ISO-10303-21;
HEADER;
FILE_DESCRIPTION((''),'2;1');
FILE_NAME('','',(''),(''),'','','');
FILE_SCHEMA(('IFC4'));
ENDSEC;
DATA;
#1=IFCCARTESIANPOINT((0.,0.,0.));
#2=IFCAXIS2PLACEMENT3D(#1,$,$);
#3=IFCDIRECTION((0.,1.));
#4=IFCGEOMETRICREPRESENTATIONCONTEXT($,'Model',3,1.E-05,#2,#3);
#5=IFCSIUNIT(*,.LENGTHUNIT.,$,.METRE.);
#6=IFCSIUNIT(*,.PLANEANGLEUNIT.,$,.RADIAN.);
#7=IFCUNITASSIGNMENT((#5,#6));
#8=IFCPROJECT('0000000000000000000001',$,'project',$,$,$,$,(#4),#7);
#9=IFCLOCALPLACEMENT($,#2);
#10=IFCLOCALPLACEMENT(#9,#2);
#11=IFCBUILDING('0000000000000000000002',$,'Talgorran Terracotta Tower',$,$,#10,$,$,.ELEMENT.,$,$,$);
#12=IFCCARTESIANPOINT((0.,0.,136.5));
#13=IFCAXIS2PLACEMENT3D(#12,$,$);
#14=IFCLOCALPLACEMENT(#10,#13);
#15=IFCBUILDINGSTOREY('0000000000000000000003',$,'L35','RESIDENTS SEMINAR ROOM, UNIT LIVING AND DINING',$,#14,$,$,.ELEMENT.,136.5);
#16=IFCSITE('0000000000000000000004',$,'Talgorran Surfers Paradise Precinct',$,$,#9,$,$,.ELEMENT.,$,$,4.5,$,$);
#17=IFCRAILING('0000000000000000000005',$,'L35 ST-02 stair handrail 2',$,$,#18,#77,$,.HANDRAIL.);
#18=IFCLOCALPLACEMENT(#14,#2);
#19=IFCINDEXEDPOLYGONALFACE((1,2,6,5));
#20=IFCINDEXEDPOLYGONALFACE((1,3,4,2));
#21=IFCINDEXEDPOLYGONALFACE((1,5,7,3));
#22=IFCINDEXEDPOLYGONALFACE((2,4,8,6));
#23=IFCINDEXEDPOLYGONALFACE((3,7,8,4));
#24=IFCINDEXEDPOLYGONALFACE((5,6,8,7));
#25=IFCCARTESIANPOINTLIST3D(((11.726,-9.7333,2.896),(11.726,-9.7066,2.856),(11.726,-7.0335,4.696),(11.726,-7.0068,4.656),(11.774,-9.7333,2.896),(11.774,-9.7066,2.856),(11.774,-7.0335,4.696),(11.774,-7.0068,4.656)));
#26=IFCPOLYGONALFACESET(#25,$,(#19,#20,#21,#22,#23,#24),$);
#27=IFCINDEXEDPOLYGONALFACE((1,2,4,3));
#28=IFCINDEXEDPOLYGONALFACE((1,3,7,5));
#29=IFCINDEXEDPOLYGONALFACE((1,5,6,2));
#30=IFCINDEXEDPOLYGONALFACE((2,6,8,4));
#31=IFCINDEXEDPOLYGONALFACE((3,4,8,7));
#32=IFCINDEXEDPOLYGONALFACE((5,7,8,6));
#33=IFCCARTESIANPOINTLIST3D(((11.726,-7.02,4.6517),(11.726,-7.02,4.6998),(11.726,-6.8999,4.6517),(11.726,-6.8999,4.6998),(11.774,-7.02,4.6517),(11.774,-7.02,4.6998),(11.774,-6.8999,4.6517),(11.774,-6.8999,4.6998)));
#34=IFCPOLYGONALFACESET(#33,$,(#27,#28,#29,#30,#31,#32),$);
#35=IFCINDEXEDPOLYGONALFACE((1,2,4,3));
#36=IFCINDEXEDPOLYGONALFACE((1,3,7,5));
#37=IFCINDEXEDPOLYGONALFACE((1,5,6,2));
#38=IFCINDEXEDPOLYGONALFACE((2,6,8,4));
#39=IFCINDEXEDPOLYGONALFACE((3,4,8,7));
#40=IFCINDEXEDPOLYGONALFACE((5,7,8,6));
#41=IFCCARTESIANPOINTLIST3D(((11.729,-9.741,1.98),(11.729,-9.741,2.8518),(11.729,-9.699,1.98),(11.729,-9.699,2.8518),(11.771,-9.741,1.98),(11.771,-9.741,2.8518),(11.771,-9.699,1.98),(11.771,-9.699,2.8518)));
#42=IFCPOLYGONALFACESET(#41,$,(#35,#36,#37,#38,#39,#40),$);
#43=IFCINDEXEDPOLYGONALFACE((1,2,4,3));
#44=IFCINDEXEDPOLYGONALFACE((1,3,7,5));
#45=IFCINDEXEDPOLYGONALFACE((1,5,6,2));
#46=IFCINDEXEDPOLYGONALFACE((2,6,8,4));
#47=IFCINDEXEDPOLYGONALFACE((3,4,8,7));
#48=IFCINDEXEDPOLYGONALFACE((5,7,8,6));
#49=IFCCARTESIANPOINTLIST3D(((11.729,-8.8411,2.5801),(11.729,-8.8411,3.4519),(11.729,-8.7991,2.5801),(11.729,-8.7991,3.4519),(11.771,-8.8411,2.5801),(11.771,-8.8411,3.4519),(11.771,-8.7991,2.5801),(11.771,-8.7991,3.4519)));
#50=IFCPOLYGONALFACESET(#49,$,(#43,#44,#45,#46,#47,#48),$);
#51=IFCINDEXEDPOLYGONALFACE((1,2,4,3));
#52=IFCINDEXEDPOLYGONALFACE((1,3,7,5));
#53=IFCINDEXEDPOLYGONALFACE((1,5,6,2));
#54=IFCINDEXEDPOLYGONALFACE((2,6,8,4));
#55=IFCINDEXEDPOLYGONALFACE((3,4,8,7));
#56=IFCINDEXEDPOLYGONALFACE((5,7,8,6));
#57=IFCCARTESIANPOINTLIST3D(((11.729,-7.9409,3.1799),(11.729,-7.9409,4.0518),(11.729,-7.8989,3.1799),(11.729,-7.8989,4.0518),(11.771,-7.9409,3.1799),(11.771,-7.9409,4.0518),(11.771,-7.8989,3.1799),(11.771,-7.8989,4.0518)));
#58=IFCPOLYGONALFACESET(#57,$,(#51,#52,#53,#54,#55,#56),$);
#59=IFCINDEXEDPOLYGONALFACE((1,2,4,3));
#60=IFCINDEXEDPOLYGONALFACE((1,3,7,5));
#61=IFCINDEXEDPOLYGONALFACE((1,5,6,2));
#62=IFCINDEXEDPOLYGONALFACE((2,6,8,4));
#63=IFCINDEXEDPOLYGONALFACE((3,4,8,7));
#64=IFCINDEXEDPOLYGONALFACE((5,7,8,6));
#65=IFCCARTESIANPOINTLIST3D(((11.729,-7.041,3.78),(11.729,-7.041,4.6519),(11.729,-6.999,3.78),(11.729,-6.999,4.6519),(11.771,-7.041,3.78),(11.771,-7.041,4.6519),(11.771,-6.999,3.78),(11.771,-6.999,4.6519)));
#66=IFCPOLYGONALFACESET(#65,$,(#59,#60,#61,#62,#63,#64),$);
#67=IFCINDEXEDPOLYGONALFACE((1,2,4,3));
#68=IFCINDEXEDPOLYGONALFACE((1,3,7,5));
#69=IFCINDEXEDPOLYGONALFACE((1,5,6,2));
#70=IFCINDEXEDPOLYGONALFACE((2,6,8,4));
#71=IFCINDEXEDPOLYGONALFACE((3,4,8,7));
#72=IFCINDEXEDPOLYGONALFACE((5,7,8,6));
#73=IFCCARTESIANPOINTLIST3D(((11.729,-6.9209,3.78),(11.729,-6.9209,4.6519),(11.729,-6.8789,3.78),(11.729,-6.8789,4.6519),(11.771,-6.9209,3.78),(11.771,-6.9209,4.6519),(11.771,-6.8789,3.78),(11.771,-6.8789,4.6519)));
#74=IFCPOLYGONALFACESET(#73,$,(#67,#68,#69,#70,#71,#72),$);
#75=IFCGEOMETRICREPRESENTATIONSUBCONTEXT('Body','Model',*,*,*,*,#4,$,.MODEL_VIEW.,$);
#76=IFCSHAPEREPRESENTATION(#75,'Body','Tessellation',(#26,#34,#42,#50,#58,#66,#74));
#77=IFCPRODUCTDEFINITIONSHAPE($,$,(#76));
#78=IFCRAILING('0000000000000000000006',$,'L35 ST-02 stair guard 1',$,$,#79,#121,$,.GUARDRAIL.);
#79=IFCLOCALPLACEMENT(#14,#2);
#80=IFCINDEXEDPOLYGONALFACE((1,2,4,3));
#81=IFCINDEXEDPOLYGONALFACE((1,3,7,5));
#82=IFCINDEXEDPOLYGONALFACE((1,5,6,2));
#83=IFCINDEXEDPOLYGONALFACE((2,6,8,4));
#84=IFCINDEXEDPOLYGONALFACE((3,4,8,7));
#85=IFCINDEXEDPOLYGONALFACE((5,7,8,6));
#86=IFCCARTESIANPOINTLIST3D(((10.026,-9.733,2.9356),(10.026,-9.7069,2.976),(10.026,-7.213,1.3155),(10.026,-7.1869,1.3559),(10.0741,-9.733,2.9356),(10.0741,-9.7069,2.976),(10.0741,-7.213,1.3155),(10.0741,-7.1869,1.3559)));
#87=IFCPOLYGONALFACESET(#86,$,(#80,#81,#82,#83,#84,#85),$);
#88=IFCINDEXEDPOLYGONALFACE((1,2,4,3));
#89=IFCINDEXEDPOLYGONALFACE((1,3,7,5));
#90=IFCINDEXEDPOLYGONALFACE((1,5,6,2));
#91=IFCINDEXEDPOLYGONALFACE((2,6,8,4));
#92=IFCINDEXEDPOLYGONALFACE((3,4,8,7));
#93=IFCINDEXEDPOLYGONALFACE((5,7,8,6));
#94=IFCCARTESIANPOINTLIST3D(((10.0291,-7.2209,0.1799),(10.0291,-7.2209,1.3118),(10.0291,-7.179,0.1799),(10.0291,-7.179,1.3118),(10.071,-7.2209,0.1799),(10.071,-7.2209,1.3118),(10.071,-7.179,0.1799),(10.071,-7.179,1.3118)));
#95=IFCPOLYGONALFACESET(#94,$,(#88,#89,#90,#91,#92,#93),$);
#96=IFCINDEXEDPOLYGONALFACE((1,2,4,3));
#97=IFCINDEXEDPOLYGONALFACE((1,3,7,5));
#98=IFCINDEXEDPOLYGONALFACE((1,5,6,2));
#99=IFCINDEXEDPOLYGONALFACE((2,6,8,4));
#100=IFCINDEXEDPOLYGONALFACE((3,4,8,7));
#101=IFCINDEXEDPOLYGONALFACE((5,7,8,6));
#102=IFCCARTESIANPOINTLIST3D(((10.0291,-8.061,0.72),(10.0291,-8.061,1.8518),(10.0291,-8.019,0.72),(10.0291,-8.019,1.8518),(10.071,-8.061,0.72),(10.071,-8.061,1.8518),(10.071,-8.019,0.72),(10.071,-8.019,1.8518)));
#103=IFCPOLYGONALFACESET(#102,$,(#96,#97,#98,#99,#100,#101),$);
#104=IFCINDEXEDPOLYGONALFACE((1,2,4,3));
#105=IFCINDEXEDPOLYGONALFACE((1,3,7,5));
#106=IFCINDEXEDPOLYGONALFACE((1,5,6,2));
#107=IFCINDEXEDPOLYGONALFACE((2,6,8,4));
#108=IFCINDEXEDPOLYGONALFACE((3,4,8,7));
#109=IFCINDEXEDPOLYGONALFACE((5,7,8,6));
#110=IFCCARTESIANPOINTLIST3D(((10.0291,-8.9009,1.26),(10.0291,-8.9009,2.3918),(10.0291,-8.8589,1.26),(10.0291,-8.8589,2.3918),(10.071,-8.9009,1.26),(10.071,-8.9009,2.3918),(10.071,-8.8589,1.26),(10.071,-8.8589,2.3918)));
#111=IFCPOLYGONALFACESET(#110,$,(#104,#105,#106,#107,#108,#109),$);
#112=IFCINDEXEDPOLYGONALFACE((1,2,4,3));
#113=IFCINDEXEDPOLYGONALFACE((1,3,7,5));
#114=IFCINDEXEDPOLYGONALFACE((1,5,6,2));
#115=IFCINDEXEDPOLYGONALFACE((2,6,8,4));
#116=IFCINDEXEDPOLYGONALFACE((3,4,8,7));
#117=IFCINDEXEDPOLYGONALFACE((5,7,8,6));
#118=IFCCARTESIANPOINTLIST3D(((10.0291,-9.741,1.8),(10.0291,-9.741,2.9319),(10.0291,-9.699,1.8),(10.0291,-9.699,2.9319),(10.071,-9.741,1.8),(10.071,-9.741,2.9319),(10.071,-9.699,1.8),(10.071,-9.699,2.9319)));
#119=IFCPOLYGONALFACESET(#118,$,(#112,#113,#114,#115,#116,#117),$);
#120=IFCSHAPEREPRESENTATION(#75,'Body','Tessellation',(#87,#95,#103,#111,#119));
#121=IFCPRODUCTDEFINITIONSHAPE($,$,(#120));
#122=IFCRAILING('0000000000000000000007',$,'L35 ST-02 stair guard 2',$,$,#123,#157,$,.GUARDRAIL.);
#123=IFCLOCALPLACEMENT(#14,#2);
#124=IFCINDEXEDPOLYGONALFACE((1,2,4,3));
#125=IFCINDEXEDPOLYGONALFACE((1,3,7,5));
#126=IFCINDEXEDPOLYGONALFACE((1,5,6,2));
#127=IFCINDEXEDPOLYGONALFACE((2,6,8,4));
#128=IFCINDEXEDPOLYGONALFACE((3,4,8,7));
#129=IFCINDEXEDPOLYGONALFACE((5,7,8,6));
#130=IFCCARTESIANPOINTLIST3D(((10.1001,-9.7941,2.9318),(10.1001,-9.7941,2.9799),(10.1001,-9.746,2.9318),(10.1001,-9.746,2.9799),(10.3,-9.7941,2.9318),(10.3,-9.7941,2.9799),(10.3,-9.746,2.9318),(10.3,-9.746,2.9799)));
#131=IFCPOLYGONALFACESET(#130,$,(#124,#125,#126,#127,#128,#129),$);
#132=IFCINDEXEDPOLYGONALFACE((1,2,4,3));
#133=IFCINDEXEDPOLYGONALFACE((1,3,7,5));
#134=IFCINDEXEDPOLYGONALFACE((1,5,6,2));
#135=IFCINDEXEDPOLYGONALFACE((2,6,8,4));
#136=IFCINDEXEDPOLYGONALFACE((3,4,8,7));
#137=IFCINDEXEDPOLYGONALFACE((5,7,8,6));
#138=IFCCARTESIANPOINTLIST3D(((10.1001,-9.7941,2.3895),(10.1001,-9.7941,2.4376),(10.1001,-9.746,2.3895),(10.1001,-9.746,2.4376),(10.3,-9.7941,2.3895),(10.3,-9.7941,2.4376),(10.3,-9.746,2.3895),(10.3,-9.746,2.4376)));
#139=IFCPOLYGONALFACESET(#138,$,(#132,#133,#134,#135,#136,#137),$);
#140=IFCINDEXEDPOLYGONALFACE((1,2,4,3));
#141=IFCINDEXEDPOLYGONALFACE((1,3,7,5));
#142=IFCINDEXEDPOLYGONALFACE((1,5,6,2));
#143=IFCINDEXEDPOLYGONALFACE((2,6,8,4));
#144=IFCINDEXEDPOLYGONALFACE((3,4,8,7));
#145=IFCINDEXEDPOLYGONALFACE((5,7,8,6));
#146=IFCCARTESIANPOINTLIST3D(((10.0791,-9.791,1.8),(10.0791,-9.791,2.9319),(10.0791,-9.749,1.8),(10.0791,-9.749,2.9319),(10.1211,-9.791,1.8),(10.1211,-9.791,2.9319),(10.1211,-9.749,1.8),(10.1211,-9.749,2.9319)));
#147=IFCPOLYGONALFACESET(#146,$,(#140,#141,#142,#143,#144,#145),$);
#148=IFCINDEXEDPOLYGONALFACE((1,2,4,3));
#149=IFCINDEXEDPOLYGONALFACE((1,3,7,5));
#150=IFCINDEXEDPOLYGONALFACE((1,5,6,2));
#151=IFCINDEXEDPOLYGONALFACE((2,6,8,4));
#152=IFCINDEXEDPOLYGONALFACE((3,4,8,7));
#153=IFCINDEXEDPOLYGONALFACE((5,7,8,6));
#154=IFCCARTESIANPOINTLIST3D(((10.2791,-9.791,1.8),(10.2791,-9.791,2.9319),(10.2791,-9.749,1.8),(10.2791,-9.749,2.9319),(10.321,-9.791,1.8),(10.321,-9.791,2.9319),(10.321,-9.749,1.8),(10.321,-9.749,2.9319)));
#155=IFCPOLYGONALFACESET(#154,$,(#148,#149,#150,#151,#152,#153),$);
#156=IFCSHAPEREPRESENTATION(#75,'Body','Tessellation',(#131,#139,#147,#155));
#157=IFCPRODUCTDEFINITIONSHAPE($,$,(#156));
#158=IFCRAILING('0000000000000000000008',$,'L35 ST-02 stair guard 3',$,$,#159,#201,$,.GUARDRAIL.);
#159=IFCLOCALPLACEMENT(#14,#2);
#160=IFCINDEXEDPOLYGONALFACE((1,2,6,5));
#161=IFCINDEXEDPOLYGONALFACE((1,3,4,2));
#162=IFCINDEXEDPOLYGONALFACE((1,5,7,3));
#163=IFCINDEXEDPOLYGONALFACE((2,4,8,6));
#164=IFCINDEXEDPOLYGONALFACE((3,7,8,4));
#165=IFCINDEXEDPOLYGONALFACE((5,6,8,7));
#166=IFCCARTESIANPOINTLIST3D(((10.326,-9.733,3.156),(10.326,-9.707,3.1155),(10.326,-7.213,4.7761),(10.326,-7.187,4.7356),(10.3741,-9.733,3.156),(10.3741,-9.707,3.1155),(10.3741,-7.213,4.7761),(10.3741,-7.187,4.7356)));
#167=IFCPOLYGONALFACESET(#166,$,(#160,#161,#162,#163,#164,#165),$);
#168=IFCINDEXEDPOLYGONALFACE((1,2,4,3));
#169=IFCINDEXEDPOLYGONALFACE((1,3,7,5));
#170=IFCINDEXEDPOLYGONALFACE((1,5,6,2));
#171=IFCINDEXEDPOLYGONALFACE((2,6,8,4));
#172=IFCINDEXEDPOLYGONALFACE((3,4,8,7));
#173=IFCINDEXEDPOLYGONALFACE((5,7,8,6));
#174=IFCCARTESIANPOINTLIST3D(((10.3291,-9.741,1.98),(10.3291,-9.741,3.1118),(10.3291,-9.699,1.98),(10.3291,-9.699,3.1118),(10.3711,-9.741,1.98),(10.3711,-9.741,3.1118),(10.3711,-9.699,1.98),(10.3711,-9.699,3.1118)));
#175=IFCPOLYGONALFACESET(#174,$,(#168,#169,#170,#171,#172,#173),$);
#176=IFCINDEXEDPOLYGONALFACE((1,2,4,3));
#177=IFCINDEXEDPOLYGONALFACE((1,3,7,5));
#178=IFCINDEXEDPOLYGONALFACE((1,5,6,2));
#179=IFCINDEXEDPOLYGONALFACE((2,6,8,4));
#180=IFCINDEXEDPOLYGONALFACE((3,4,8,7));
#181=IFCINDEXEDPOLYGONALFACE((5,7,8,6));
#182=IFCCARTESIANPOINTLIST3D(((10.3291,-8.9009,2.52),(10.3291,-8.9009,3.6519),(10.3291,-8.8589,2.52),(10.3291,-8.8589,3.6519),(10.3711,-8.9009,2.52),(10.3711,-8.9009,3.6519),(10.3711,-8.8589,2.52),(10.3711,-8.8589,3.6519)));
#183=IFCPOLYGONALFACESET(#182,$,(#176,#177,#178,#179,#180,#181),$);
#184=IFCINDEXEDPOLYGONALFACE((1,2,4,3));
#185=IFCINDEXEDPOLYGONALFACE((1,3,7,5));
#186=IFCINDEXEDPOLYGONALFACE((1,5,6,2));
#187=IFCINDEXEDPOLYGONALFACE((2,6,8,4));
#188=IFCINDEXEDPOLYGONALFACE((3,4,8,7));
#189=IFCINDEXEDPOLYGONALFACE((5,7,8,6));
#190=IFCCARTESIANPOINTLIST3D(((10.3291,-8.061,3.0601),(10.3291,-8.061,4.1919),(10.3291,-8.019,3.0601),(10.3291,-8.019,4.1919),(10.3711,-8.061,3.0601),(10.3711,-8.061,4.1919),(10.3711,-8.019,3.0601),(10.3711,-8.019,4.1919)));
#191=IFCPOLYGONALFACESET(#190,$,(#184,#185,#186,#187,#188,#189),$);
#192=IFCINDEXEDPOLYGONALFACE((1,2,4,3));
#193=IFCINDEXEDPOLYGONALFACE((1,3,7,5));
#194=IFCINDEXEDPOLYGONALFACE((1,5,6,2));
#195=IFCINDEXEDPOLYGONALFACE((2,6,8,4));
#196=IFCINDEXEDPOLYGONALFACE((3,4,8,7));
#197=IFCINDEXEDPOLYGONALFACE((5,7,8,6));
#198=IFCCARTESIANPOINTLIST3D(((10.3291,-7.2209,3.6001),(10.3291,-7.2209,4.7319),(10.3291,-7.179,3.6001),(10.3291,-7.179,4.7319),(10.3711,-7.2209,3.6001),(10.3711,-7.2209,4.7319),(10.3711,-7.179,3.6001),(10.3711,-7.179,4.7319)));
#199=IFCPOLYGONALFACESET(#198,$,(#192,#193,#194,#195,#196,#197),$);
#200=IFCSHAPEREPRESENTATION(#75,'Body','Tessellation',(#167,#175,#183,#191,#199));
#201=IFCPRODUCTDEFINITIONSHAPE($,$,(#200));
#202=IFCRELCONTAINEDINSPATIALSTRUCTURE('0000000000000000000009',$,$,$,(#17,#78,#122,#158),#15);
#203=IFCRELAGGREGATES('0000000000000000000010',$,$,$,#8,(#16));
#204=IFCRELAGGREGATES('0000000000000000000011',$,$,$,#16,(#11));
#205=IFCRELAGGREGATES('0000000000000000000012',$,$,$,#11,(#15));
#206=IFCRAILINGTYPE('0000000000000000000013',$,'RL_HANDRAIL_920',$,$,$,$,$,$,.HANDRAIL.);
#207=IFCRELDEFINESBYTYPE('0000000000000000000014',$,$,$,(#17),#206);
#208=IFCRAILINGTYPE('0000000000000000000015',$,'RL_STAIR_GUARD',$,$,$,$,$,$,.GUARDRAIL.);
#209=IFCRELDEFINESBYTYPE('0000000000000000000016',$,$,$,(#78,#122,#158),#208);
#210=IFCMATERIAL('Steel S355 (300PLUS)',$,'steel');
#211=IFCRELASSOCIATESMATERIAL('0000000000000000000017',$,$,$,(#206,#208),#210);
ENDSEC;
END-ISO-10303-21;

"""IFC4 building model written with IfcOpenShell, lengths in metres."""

from ifc_helpers import new_model, si_unit, direction, frame, origin, origin_2d, place, context, subcontext, project, spatial, rectangle, extrude, material, type_object, element, save


model = new_model("IFC4")

# Units and contexts
model_context = context("Model", 3, precision=1e-05, world=origin(), true_north=direction((0.0, 1.0)))
body_context = subcontext(model_context, "Body", "Model", "MODEL_VIEW")
ifc_project = project(units=[si_unit("LENGTHUNIT", "METRE"), si_unit("PLANEANGLEUNIT", "RADIAN")], contexts=[model_context])

# Site, building, storey
site_placement = place(None, origin())
site = spatial("IfcSite", under=ifc_project, at=site_placement, Name="Talgorran Surfers Paradise Precinct", CompositionType="ELEMENT", RefElevation=4.5)
building_placement = place(site_placement, origin())
building = spatial("IfcBuilding", under=site, at=building_placement, Name="Talgorran Terracotta Tower", CompositionType="ELEMENT")
storey_placement = place(building_placement, frame((0.0, 0.0, 136.5)))
storey = spatial("IfcBuildingStorey", under=building, at=storey_placement, Name="L35", Description="RESIDENTS SEMINAR ROOM, UNIT LIVING AND DINING", CompositionType="ELEMENT", Elevation=136.5)

# Shared definitions
ifc_material_1 = material(Name="Steel S355 (300PLUS)", Category="steel")

# Railings
railing_type_1 = type_object("IfcRailingType", Name="RL_HANDRAIL_920", PredefinedType="HANDRAIL", material=ifc_material_1)
railing_1_placement = place(storey_placement, frame((11.75, -9.72, 1.98)))
element("IfcRailing", 1, at=railing_1_placement, inside=storey, type_object=railing_type_1, Name="L35 ST-02 stair handrail 2", PredefinedType="HANDRAIL", context=body_context, shape_type="SweptSolid", body=[
    extrude(rectangle(XDim=0.0481, YDim=0.0481, at=origin_2d()), frame((0.0, 0.0, 0.896), z_axis=(0.0, 0.832039, 0.554718), x_axis=(-1.0, 0.0, 0.0)), (0.0, 0.0, 1.0), 3.2449),
    extrude(rectangle(XDim=0.0481, YDim=0.0481, at=origin_2d()), frame((0.0, 2.7, 2.6958), z_axis=(0.0, 1.0, 0.0), x_axis=(-1.0, 0.0, 0.0)), (0.0, 0.0, 1.0), 0.1201),
    extrude(rectangle(XDim=0.042, YDim=0.042, at=origin_2d()), origin(), (0.0, 0.0, 1.0), 0.8718),
    extrude(rectangle(XDim=0.042, YDim=0.042, at=origin_2d()), frame((0.0, 0.8999, 0.6001)), (0.0, 0.0, 1.0), 0.8718),
    extrude(rectangle(XDim=0.042, YDim=0.042, at=origin_2d()), frame((0.0, 1.8, 1.2)), (0.0, 0.0, 1.0), 0.8718),
    extrude(rectangle(XDim=0.042, YDim=0.042, at=origin_2d()), frame((0.0, 2.7, 1.8)), (0.0, 0.0, 1.0), 0.8718),
    extrude(rectangle(XDim=0.042, YDim=0.042, at=origin_2d()), frame((0.0, 2.8201, 1.8)), (0.0, 0.0, 1.0), 0.8718),
])
railing_type_2 = type_object("IfcRailingType", Name="RL_STAIR_GUARD", PredefinedType="GUARDRAIL", material=ifc_material_1)
railing_2_placement = place(storey_placement, frame((10.05, -7.2, 0.1799)))
element("IfcRailing", 2, at=railing_2_placement, inside=storey, type_object=railing_type_2, Name="L35 ST-02 stair guard 1", PredefinedType="GUARDRAIL", context=body_context, shape_type="SweptSolid", body=[
    extrude(rectangle(XDim=0.0481, YDim=0.0481, at=origin_2d()), frame((0.0, 0.0, 1.1558), z_axis=(0.0, -0.841163, 0.540782), x_axis=(1.0, 0.0, 0.0)), (0.0, 0.0, 1.0), 2.9958),
    extrude(rectangle(XDim=0.042, YDim=0.042, at=origin_2d()), origin(), (0.0, 0.0, 1.0), 1.1318),
    extrude(rectangle(XDim=0.042, YDim=0.042, at=origin_2d()), frame((0.0, -0.8401, 0.54)), (0.0, 0.0, 1.0), 1.1318),
    extrude(rectangle(XDim=0.042, YDim=0.042, at=origin_2d()), frame((0.0, -1.6799, 1.0801)), (0.0, 0.0, 1.0), 1.1318),
    extrude(rectangle(XDim=0.042, YDim=0.042, at=origin_2d()), frame((0.0, -2.52, 1.6201)), (0.0, 0.0, 1.0), 1.1318),
])
railing_3_placement = place(storey_placement, frame((10.1001, -9.77, 1.8)))
element("IfcRailing", 3, at=railing_3_placement, inside=storey, type_object=railing_type_2, Name="L35 ST-02 stair guard 2", PredefinedType="GUARDRAIL", context=body_context, shape_type="SweptSolid", body=[
    extrude(rectangle(XDim=0.0481, YDim=0.0481, at=origin_2d()), frame((0.0, 0.0, 1.1558), z_axis=(1.0, 0.0, 0.0), x_axis=(0.0, 1.0, 0.0)), (0.0, 0.0, 1.0), 0.2),
    extrude(rectangle(XDim=0.0481, YDim=0.0481, at=origin_2d()), frame((0.0, 0.0, 0.6135), z_axis=(1.0, 0.0, 0.0), x_axis=(0.0, 1.0, 0.0)), (0.0, 0.0, 1.0), 0.2),
    extrude(rectangle(XDim=0.042, YDim=0.042, at=origin_2d()), origin(), (0.0, 0.0, 1.0), 1.1318),
    extrude(rectangle(XDim=0.042, YDim=0.042, at=origin_2d()), frame((0.2, 0.0, 0.0)), (0.0, 0.0, 1.0), 1.1318),
])
railing_4_placement = place(storey_placement, frame((10.3501, -9.72, 1.98)))
element("IfcRailing", 4, at=railing_4_placement, inside=storey, type_object=railing_type_2, Name="L35 ST-02 stair guard 3", PredefinedType="GUARDRAIL", context=body_context, shape_type="SweptSolid", body=[
    extrude(rectangle(XDim=0.0481, YDim=0.0481, at=origin_2d()), frame((0.0, 0.0, 1.1558), z_axis=(0.0, 0.841163, 0.540782), x_axis=(-1.0, 0.0, 0.0)), (0.0, 0.0, 1.0), 2.9958),
    extrude(rectangle(XDim=0.042, YDim=0.042, at=origin_2d()), origin(), (0.0, 0.0, 1.0), 1.1318),
    extrude(rectangle(XDim=0.042, YDim=0.042, at=origin_2d()), frame((0.0, 0.8401, 0.54)), (0.0, 0.0, 1.0), 1.1318),
    extrude(rectangle(XDim=0.042, YDim=0.042, at=origin_2d()), frame((0.0, 1.6799, 1.0801)), (0.0, 0.0, 1.0), 1.1318),
    extrude(rectangle(XDim=0.042, YDim=0.042, at=origin_2d()), frame((0.0, 2.52, 1.6201)), (0.0, 0.0, 1.0), 1.1318),
])

save(model, "model.ifc")
